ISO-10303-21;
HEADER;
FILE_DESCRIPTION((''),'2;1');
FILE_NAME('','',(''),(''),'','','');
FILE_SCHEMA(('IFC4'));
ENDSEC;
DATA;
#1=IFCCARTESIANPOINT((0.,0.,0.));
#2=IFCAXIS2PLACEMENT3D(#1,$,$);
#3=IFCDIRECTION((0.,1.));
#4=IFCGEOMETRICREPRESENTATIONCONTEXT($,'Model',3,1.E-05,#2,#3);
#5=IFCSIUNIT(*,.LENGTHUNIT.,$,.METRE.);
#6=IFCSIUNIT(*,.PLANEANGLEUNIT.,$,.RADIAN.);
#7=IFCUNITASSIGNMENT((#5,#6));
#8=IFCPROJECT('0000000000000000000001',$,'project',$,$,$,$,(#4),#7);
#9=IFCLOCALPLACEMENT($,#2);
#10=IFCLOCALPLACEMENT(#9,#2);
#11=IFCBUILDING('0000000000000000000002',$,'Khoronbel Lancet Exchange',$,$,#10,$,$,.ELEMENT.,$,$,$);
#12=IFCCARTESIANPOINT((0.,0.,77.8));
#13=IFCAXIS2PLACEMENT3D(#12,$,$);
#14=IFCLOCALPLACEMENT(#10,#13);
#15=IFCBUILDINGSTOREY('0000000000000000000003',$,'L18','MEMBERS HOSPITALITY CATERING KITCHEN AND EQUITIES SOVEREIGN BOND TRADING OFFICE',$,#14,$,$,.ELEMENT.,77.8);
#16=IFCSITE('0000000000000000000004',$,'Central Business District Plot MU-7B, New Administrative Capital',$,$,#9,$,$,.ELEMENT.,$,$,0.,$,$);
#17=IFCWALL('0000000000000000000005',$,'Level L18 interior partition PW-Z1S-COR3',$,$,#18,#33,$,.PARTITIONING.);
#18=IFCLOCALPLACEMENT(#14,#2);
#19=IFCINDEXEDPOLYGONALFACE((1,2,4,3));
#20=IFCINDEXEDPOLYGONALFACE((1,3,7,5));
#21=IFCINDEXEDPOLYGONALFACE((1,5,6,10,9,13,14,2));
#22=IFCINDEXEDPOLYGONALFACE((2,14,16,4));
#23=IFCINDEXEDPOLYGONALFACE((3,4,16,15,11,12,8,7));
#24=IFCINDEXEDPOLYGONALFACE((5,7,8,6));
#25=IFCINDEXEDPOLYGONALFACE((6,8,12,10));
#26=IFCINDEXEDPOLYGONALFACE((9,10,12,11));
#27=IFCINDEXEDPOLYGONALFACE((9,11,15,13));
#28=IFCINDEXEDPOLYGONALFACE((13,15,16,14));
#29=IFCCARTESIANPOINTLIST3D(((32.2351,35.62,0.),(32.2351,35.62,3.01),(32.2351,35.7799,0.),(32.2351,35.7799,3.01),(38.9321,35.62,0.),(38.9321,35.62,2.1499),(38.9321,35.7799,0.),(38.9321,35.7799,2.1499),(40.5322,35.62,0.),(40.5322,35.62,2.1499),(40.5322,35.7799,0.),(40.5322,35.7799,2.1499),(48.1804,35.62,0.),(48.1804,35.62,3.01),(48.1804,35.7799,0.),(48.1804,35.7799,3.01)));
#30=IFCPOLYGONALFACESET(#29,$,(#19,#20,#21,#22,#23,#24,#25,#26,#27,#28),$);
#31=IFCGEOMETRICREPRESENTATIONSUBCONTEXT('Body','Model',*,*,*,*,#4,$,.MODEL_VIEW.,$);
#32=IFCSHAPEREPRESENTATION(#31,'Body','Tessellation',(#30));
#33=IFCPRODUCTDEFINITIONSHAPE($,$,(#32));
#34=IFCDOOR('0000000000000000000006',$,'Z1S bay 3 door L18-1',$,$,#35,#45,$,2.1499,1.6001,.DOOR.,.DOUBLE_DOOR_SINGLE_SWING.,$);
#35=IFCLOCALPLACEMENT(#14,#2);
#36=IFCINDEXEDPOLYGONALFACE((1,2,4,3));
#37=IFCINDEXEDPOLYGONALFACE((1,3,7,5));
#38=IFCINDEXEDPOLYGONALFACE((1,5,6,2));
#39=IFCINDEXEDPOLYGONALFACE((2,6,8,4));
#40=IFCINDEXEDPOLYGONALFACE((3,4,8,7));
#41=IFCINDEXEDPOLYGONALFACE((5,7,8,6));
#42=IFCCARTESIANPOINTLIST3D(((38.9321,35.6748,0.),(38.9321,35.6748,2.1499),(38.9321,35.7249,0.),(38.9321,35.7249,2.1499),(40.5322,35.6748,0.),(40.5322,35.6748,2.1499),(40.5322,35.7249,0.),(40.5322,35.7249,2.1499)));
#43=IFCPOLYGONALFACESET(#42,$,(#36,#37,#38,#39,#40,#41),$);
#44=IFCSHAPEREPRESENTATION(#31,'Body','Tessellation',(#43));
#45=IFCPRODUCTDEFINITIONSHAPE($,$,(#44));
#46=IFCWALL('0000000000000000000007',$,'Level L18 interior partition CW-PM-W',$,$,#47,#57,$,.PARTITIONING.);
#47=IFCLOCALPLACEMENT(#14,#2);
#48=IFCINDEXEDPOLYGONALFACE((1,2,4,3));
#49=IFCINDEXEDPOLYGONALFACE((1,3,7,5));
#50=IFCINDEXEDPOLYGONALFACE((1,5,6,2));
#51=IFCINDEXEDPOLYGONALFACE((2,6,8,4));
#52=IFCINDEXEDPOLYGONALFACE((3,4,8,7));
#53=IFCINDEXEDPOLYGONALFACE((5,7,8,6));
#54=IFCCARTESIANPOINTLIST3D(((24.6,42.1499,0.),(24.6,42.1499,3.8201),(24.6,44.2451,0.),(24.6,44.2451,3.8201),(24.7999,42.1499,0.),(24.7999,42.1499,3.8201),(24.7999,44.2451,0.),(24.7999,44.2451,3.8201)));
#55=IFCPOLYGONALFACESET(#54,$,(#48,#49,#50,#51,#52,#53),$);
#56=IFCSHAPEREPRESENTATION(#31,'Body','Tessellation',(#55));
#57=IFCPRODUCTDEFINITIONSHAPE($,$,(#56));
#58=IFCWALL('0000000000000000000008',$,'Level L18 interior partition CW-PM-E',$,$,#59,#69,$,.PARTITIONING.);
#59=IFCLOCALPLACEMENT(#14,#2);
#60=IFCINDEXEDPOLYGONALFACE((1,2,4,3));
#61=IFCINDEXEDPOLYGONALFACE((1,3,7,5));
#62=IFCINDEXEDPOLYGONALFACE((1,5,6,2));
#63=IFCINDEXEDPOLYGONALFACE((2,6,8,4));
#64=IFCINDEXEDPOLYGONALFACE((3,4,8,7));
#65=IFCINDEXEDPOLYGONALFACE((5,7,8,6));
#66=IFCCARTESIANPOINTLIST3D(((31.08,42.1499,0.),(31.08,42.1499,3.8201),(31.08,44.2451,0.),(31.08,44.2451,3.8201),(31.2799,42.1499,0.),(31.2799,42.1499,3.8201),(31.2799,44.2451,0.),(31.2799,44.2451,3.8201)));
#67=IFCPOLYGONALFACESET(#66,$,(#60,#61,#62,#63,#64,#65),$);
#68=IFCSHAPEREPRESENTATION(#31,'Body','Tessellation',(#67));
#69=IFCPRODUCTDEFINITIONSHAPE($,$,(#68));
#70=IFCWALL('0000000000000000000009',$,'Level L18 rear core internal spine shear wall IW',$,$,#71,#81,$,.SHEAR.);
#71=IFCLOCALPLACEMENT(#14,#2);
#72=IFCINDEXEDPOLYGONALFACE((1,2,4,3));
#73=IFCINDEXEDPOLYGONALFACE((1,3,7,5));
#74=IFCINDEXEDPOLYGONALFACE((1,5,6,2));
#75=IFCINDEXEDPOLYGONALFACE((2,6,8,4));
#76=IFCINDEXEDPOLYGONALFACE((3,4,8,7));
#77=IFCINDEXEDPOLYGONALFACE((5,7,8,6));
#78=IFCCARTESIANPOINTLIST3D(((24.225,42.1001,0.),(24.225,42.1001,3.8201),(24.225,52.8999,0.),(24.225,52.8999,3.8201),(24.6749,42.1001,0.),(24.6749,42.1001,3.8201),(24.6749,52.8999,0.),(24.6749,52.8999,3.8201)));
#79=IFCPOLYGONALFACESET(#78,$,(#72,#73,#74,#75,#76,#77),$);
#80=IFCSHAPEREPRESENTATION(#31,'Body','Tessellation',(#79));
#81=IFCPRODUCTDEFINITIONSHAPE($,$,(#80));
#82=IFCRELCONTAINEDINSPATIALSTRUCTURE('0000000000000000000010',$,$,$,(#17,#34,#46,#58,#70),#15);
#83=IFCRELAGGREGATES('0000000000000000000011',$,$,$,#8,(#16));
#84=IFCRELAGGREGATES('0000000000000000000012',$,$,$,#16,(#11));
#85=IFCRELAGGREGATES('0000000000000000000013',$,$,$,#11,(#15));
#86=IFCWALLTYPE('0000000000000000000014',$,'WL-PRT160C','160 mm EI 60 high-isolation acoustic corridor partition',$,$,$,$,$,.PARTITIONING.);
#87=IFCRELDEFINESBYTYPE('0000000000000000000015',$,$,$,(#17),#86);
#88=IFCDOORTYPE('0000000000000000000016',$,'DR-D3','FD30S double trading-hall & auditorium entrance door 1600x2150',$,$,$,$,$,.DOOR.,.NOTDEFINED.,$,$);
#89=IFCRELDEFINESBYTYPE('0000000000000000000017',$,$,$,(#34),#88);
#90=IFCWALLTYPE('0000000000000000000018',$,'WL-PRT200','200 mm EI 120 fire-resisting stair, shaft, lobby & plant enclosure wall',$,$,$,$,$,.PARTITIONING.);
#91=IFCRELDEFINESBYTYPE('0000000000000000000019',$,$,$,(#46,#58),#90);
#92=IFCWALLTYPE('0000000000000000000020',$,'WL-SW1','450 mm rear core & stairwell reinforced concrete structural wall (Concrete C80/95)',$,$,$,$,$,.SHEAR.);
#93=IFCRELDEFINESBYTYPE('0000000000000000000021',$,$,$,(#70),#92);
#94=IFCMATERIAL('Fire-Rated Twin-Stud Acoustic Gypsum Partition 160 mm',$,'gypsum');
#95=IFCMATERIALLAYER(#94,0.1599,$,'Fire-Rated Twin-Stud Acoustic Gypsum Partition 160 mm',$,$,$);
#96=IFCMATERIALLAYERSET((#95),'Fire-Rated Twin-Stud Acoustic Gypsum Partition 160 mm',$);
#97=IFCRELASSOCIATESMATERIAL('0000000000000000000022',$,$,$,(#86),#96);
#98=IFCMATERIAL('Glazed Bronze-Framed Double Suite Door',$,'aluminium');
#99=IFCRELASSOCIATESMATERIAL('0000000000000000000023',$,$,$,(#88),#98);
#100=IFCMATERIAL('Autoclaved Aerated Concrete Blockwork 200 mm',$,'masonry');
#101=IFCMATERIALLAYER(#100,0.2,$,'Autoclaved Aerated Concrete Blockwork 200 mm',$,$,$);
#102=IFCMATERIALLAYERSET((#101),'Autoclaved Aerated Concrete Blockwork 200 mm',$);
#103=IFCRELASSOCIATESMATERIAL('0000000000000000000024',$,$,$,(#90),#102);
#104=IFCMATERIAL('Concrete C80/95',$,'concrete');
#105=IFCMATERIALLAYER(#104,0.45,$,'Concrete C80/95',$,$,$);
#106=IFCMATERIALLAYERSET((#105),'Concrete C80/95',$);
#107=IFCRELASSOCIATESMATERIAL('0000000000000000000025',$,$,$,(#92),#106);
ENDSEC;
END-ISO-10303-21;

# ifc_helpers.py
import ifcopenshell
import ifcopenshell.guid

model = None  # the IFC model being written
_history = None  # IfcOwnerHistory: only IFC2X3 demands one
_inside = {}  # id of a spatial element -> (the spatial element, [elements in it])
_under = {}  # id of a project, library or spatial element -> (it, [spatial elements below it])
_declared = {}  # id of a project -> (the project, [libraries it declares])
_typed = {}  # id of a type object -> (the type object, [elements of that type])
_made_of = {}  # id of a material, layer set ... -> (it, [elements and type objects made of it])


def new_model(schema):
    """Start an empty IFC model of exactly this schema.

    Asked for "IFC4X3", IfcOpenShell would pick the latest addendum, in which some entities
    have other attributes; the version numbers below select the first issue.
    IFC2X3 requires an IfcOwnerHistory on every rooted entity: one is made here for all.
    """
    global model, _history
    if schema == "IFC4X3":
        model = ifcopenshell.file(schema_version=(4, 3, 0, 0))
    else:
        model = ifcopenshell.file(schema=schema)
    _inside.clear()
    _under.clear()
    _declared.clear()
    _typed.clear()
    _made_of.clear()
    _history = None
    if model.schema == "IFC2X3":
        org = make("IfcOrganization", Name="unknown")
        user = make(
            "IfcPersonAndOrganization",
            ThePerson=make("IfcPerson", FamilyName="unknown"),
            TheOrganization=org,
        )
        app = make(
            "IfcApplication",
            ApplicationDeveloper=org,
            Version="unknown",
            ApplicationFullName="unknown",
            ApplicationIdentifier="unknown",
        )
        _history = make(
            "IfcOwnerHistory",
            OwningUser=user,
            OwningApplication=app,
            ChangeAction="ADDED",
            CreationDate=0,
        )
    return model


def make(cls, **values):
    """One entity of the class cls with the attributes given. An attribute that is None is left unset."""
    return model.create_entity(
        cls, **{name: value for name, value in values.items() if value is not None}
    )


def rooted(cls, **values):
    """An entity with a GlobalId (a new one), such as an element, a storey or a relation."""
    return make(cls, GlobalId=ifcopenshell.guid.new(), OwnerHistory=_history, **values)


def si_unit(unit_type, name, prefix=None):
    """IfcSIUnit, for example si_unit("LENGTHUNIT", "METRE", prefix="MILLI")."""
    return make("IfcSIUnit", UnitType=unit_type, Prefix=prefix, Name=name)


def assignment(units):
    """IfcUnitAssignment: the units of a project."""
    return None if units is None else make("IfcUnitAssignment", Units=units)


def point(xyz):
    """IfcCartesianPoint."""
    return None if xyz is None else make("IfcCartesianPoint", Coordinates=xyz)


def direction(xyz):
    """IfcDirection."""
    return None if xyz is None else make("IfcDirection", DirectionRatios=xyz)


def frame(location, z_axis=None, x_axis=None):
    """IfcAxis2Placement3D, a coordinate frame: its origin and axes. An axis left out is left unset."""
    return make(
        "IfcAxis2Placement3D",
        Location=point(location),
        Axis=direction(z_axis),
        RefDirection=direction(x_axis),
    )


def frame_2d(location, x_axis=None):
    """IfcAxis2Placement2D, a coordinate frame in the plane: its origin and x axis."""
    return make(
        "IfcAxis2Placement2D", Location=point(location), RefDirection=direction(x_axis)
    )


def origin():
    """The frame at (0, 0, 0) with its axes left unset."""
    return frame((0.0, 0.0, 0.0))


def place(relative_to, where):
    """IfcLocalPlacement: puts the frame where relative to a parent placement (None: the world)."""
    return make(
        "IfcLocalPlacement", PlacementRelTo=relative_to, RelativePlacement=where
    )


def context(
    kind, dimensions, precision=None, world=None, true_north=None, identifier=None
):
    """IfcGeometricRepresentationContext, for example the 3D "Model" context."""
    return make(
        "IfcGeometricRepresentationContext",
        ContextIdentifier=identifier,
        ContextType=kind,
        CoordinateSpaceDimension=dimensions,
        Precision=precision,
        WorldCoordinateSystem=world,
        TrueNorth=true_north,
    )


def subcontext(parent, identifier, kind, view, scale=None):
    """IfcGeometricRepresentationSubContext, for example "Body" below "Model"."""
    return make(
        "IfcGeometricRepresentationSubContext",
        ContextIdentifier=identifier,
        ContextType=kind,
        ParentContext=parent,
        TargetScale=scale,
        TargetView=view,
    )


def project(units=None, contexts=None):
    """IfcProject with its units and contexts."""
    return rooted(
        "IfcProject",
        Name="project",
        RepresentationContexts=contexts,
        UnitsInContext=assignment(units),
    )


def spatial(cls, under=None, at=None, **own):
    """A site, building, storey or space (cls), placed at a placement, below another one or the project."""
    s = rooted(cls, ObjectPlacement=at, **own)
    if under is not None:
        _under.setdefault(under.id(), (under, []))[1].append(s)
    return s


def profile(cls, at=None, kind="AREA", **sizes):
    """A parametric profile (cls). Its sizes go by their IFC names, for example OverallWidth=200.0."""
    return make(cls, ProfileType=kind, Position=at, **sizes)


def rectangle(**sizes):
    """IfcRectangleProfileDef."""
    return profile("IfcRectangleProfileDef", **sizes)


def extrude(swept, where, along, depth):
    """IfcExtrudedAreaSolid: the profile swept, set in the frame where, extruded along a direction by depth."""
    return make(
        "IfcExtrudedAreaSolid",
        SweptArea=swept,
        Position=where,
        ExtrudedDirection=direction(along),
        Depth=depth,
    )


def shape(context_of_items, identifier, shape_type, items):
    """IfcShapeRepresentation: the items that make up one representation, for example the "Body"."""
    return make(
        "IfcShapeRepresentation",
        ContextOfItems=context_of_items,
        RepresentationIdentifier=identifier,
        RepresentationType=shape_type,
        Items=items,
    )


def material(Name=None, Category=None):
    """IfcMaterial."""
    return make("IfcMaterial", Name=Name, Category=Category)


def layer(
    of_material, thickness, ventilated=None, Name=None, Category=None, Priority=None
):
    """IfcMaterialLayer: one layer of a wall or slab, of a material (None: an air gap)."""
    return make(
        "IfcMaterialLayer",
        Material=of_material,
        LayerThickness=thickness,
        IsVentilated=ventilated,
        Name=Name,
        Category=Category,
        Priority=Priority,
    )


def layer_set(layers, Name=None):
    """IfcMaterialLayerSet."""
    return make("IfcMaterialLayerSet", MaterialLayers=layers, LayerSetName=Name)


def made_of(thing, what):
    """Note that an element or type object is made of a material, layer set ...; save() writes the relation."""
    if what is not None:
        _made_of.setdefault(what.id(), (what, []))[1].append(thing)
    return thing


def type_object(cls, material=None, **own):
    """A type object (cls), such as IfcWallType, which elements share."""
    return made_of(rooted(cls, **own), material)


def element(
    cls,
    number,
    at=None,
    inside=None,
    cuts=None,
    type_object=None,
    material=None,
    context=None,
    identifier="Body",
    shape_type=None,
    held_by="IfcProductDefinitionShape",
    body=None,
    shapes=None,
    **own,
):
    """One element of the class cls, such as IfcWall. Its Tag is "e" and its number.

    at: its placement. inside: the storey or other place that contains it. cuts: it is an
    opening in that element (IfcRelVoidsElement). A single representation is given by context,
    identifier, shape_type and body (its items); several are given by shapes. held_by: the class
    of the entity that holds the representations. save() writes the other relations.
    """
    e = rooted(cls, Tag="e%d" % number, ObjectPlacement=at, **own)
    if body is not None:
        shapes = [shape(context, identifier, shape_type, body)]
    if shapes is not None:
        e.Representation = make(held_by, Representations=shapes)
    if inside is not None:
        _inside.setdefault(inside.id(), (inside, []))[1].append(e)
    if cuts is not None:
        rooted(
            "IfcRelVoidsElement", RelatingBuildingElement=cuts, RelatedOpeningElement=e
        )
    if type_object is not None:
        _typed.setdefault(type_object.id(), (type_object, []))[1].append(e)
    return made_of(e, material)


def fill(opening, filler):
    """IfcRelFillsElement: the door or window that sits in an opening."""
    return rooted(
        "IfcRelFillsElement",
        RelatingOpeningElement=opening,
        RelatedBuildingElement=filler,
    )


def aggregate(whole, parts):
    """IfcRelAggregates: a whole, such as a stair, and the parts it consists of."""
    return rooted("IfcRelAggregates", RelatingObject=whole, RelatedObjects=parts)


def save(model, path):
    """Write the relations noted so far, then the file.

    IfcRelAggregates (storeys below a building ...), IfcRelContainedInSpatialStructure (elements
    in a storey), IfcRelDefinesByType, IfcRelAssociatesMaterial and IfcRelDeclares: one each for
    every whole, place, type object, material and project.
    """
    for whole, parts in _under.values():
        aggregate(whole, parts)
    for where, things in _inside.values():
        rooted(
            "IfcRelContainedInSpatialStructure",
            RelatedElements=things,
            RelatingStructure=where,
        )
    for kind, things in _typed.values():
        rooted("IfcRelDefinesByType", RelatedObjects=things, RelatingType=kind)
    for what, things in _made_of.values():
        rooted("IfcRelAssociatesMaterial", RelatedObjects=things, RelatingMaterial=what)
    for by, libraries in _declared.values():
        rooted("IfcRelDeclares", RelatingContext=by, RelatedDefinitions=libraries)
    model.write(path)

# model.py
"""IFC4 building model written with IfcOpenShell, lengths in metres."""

from ifc_helpers import new_model, si_unit, direction, frame, frame_2d, origin, place, context, subcontext, project, spatial, rectangle, extrude, material, layer, layer_set, type_object, element, fill, save


model = new_model("IFC4")

# Units and contexts
model_context = context("Model", 3, precision=1e-05, world=origin(), true_north=direction((0.0, 1.0)))
body_context = subcontext(model_context, "Body", "Model", "MODEL_VIEW")
ifc_project = project(units=[si_unit("LENGTHUNIT", "METRE"), si_unit("PLANEANGLEUNIT", "RADIAN")], contexts=[model_context])

# Site, building, storey
site_placement = place(None, origin())
site = spatial("IfcSite", under=ifc_project, at=site_placement, Name="Central Business District Plot MU-7B, New Administrative Capital", CompositionType="ELEMENT", RefElevation=0.0)
building_placement = place(site_placement, origin())
building = spatial("IfcBuilding", under=site, at=building_placement, Name="Khoronbel Lancet Exchange", CompositionType="ELEMENT")
storey_placement = place(building_placement, frame((0.0, 0.0, 77.8)))
storey = spatial("IfcBuildingStorey", under=building, at=storey_placement, Name="L18", Description="MEMBERS HOSPITALITY CATERING KITCHEN AND EQUITIES SOVEREIGN BOND TRADING OFFICE", CompositionType="ELEMENT", Elevation=77.8)

# Shared definitions
ifc_material_1 = material(Name="Concrete C80/95", Category="concrete")

# Wall, opening, door
ifc_material_2 = material(Name="Fire-Rated Twin-Stud Acoustic Gypsum Partition 160 mm", Category="gypsum")
ifc_layer_1 = layer(ifc_material_2, 0.1599, Name="Fire-Rated Twin-Stud Acoustic Gypsum Partition 160 mm")
ifc_layer_set_1 = layer_set([ifc_layer_1], Name="Fire-Rated Twin-Stud Acoustic Gypsum Partition 160 mm")
wall_type_1 = type_object("IfcWallType", Name="WL-PRT160C", Description="160 mm EI 60 high-isolation acoustic corridor partition", PredefinedType="PARTITIONING", material=ifc_layer_set_1)
wall_1_placement = place(storey_placement, frame((32.2351, 35.7, 0.0), z_axis=(0.0, 0.0, 1.0), x_axis=(1.0, 0.0, 0.0)))
wall_1 = element("IfcWall", 1, at=wall_1_placement, inside=storey, type_object=wall_type_1, Name="Level L18 interior partition PW-Z1S-COR3", PredefinedType="PARTITIONING", context=body_context, shape_type="SweptSolid", body=[
    extrude(rectangle(XDim=15.9453, YDim=0.1599, at=frame_2d((7.9727, 0.0))), origin(), (0.0, 0.0, 1.0), 3.01),
])
opening_1_placement = place(wall_1_placement, frame((6.697, 0.0, 0.0)))
opening_1 = element("IfcOpeningElement", 2, at=opening_1_placement, cuts=wall_1, PredefinedType="OPENING", context=body_context, shape_type="SweptSolid", body=[
    extrude(rectangle(XDim=1.6001, YDim=2.1499, at=frame_2d((0.8, 1.075))), frame((0.0, 0.0898, 0.0), z_axis=(0.0, -1.0, 0.0), x_axis=(1.0, 0.0, 0.0)), (0.0, 0.0, 1.0), 0.1799),
])
ifc_material_3 = material(Name="Glazed Bronze-Framed Double Suite Door", Category="aluminium")
door_type_1 = type_object("IfcDoorType", Name="DR-D3", Description="FD30S double trading-hall & auditorium entrance door 1600x2150", OperationType="NOTDEFINED", PredefinedType="DOOR", material=ifc_material_3)
door_1_placement = place(opening_1_placement, origin())
door_1 = element("IfcDoor", 3, at=door_1_placement, inside=storey, type_object=door_type_1, Name="Z1S bay 3 door L18-1", OperationType="DOUBLE_DOOR_SINGLE_SWING", OverallHeight=2.1499, OverallWidth=1.6001, PredefinedType="DOOR", context=body_context, shape_type="SweptSolid", body=[
    extrude(rectangle(XDim=1.6001, YDim=2.1499, at=frame_2d((0.8, 1.075))), frame((0.0, 0.0249, 0.0), z_axis=(0.0, -1.0, 0.0), x_axis=(1.0, 0.0, 0.0)), (0.0, 0.0, 1.0), 0.05),
])
fill(opening_1, door_1)
ifc_material_4 = material(Name="Autoclaved Aerated Concrete Blockwork 200 mm", Category="masonry")
ifc_layer_2 = layer(ifc_material_4, 0.2, Name="Autoclaved Aerated Concrete Blockwork 200 mm")
ifc_layer_set_2 = layer_set([ifc_layer_2], Name="Autoclaved Aerated Concrete Blockwork 200 mm")
wall_type_2 = type_object("IfcWallType", Name="WL-PRT200", Description="200 mm EI 120 fire-resisting stair, shaft, lobby & plant enclosure wall", PredefinedType="PARTITIONING", material=ifc_layer_set_2)

# Walls
for number, where, z_axis, x_axis, name in (
    (4, (24.7, 42.1499, 0.0), (0.0, 0.0, 1.0), (0.0, 1.0, 0.0), "Level L18 interior partition CW-PM-W"),
    (5, (31.1799, 42.1499, 0.0), (0.0, 0.0, 1.0), (0.0, 1.0, 0.0), "Level L18 interior partition CW-PM-E"),
):
    element("IfcWall", number, at=place(storey_placement, frame(where, z_axis=z_axis, x_axis=x_axis)), inside=storey, type_object=wall_type_2, Name=name, PredefinedType="PARTITIONING", context=body_context, shape_type="SweptSolid", body=[
        extrude(rectangle(XDim=2.0952, YDim=0.2, at=frame_2d((1.0476, 0.0))), origin(), (0.0, 0.0, 1.0), 3.8201),
    ])
ifc_layer_3 = layer(ifc_material_1, 0.45, Name="Concrete C80/95")
ifc_layer_set_3 = layer_set([ifc_layer_3], Name="Concrete C80/95")
wall_type_3 = type_object("IfcWallType", Name="WL-SW1", Description="450 mm rear core & stairwell reinforced concrete structural wall (Concrete C80/95)", PredefinedType="SHEAR", material=ifc_layer_set_3)
wall_2_placement = place(storey_placement, frame((24.45, 42.1001, 0.0), z_axis=(0.0, 0.0, 1.0), x_axis=(0.0, 1.0, 0.0)))
element("IfcWall", 6, at=wall_2_placement, inside=storey, type_object=wall_type_3, Name="Level L18 rear core internal spine shear wall IW", PredefinedType="SHEAR", context=body_context, shape_type="SweptSolid", body=[
    extrude(rectangle(XDim=10.7998, YDim=0.45, at=frame_2d((5.3999, 0.0))), origin(), (0.0, 0.0, 1.0), 3.8201),
])

save(model, "model.ifc")
